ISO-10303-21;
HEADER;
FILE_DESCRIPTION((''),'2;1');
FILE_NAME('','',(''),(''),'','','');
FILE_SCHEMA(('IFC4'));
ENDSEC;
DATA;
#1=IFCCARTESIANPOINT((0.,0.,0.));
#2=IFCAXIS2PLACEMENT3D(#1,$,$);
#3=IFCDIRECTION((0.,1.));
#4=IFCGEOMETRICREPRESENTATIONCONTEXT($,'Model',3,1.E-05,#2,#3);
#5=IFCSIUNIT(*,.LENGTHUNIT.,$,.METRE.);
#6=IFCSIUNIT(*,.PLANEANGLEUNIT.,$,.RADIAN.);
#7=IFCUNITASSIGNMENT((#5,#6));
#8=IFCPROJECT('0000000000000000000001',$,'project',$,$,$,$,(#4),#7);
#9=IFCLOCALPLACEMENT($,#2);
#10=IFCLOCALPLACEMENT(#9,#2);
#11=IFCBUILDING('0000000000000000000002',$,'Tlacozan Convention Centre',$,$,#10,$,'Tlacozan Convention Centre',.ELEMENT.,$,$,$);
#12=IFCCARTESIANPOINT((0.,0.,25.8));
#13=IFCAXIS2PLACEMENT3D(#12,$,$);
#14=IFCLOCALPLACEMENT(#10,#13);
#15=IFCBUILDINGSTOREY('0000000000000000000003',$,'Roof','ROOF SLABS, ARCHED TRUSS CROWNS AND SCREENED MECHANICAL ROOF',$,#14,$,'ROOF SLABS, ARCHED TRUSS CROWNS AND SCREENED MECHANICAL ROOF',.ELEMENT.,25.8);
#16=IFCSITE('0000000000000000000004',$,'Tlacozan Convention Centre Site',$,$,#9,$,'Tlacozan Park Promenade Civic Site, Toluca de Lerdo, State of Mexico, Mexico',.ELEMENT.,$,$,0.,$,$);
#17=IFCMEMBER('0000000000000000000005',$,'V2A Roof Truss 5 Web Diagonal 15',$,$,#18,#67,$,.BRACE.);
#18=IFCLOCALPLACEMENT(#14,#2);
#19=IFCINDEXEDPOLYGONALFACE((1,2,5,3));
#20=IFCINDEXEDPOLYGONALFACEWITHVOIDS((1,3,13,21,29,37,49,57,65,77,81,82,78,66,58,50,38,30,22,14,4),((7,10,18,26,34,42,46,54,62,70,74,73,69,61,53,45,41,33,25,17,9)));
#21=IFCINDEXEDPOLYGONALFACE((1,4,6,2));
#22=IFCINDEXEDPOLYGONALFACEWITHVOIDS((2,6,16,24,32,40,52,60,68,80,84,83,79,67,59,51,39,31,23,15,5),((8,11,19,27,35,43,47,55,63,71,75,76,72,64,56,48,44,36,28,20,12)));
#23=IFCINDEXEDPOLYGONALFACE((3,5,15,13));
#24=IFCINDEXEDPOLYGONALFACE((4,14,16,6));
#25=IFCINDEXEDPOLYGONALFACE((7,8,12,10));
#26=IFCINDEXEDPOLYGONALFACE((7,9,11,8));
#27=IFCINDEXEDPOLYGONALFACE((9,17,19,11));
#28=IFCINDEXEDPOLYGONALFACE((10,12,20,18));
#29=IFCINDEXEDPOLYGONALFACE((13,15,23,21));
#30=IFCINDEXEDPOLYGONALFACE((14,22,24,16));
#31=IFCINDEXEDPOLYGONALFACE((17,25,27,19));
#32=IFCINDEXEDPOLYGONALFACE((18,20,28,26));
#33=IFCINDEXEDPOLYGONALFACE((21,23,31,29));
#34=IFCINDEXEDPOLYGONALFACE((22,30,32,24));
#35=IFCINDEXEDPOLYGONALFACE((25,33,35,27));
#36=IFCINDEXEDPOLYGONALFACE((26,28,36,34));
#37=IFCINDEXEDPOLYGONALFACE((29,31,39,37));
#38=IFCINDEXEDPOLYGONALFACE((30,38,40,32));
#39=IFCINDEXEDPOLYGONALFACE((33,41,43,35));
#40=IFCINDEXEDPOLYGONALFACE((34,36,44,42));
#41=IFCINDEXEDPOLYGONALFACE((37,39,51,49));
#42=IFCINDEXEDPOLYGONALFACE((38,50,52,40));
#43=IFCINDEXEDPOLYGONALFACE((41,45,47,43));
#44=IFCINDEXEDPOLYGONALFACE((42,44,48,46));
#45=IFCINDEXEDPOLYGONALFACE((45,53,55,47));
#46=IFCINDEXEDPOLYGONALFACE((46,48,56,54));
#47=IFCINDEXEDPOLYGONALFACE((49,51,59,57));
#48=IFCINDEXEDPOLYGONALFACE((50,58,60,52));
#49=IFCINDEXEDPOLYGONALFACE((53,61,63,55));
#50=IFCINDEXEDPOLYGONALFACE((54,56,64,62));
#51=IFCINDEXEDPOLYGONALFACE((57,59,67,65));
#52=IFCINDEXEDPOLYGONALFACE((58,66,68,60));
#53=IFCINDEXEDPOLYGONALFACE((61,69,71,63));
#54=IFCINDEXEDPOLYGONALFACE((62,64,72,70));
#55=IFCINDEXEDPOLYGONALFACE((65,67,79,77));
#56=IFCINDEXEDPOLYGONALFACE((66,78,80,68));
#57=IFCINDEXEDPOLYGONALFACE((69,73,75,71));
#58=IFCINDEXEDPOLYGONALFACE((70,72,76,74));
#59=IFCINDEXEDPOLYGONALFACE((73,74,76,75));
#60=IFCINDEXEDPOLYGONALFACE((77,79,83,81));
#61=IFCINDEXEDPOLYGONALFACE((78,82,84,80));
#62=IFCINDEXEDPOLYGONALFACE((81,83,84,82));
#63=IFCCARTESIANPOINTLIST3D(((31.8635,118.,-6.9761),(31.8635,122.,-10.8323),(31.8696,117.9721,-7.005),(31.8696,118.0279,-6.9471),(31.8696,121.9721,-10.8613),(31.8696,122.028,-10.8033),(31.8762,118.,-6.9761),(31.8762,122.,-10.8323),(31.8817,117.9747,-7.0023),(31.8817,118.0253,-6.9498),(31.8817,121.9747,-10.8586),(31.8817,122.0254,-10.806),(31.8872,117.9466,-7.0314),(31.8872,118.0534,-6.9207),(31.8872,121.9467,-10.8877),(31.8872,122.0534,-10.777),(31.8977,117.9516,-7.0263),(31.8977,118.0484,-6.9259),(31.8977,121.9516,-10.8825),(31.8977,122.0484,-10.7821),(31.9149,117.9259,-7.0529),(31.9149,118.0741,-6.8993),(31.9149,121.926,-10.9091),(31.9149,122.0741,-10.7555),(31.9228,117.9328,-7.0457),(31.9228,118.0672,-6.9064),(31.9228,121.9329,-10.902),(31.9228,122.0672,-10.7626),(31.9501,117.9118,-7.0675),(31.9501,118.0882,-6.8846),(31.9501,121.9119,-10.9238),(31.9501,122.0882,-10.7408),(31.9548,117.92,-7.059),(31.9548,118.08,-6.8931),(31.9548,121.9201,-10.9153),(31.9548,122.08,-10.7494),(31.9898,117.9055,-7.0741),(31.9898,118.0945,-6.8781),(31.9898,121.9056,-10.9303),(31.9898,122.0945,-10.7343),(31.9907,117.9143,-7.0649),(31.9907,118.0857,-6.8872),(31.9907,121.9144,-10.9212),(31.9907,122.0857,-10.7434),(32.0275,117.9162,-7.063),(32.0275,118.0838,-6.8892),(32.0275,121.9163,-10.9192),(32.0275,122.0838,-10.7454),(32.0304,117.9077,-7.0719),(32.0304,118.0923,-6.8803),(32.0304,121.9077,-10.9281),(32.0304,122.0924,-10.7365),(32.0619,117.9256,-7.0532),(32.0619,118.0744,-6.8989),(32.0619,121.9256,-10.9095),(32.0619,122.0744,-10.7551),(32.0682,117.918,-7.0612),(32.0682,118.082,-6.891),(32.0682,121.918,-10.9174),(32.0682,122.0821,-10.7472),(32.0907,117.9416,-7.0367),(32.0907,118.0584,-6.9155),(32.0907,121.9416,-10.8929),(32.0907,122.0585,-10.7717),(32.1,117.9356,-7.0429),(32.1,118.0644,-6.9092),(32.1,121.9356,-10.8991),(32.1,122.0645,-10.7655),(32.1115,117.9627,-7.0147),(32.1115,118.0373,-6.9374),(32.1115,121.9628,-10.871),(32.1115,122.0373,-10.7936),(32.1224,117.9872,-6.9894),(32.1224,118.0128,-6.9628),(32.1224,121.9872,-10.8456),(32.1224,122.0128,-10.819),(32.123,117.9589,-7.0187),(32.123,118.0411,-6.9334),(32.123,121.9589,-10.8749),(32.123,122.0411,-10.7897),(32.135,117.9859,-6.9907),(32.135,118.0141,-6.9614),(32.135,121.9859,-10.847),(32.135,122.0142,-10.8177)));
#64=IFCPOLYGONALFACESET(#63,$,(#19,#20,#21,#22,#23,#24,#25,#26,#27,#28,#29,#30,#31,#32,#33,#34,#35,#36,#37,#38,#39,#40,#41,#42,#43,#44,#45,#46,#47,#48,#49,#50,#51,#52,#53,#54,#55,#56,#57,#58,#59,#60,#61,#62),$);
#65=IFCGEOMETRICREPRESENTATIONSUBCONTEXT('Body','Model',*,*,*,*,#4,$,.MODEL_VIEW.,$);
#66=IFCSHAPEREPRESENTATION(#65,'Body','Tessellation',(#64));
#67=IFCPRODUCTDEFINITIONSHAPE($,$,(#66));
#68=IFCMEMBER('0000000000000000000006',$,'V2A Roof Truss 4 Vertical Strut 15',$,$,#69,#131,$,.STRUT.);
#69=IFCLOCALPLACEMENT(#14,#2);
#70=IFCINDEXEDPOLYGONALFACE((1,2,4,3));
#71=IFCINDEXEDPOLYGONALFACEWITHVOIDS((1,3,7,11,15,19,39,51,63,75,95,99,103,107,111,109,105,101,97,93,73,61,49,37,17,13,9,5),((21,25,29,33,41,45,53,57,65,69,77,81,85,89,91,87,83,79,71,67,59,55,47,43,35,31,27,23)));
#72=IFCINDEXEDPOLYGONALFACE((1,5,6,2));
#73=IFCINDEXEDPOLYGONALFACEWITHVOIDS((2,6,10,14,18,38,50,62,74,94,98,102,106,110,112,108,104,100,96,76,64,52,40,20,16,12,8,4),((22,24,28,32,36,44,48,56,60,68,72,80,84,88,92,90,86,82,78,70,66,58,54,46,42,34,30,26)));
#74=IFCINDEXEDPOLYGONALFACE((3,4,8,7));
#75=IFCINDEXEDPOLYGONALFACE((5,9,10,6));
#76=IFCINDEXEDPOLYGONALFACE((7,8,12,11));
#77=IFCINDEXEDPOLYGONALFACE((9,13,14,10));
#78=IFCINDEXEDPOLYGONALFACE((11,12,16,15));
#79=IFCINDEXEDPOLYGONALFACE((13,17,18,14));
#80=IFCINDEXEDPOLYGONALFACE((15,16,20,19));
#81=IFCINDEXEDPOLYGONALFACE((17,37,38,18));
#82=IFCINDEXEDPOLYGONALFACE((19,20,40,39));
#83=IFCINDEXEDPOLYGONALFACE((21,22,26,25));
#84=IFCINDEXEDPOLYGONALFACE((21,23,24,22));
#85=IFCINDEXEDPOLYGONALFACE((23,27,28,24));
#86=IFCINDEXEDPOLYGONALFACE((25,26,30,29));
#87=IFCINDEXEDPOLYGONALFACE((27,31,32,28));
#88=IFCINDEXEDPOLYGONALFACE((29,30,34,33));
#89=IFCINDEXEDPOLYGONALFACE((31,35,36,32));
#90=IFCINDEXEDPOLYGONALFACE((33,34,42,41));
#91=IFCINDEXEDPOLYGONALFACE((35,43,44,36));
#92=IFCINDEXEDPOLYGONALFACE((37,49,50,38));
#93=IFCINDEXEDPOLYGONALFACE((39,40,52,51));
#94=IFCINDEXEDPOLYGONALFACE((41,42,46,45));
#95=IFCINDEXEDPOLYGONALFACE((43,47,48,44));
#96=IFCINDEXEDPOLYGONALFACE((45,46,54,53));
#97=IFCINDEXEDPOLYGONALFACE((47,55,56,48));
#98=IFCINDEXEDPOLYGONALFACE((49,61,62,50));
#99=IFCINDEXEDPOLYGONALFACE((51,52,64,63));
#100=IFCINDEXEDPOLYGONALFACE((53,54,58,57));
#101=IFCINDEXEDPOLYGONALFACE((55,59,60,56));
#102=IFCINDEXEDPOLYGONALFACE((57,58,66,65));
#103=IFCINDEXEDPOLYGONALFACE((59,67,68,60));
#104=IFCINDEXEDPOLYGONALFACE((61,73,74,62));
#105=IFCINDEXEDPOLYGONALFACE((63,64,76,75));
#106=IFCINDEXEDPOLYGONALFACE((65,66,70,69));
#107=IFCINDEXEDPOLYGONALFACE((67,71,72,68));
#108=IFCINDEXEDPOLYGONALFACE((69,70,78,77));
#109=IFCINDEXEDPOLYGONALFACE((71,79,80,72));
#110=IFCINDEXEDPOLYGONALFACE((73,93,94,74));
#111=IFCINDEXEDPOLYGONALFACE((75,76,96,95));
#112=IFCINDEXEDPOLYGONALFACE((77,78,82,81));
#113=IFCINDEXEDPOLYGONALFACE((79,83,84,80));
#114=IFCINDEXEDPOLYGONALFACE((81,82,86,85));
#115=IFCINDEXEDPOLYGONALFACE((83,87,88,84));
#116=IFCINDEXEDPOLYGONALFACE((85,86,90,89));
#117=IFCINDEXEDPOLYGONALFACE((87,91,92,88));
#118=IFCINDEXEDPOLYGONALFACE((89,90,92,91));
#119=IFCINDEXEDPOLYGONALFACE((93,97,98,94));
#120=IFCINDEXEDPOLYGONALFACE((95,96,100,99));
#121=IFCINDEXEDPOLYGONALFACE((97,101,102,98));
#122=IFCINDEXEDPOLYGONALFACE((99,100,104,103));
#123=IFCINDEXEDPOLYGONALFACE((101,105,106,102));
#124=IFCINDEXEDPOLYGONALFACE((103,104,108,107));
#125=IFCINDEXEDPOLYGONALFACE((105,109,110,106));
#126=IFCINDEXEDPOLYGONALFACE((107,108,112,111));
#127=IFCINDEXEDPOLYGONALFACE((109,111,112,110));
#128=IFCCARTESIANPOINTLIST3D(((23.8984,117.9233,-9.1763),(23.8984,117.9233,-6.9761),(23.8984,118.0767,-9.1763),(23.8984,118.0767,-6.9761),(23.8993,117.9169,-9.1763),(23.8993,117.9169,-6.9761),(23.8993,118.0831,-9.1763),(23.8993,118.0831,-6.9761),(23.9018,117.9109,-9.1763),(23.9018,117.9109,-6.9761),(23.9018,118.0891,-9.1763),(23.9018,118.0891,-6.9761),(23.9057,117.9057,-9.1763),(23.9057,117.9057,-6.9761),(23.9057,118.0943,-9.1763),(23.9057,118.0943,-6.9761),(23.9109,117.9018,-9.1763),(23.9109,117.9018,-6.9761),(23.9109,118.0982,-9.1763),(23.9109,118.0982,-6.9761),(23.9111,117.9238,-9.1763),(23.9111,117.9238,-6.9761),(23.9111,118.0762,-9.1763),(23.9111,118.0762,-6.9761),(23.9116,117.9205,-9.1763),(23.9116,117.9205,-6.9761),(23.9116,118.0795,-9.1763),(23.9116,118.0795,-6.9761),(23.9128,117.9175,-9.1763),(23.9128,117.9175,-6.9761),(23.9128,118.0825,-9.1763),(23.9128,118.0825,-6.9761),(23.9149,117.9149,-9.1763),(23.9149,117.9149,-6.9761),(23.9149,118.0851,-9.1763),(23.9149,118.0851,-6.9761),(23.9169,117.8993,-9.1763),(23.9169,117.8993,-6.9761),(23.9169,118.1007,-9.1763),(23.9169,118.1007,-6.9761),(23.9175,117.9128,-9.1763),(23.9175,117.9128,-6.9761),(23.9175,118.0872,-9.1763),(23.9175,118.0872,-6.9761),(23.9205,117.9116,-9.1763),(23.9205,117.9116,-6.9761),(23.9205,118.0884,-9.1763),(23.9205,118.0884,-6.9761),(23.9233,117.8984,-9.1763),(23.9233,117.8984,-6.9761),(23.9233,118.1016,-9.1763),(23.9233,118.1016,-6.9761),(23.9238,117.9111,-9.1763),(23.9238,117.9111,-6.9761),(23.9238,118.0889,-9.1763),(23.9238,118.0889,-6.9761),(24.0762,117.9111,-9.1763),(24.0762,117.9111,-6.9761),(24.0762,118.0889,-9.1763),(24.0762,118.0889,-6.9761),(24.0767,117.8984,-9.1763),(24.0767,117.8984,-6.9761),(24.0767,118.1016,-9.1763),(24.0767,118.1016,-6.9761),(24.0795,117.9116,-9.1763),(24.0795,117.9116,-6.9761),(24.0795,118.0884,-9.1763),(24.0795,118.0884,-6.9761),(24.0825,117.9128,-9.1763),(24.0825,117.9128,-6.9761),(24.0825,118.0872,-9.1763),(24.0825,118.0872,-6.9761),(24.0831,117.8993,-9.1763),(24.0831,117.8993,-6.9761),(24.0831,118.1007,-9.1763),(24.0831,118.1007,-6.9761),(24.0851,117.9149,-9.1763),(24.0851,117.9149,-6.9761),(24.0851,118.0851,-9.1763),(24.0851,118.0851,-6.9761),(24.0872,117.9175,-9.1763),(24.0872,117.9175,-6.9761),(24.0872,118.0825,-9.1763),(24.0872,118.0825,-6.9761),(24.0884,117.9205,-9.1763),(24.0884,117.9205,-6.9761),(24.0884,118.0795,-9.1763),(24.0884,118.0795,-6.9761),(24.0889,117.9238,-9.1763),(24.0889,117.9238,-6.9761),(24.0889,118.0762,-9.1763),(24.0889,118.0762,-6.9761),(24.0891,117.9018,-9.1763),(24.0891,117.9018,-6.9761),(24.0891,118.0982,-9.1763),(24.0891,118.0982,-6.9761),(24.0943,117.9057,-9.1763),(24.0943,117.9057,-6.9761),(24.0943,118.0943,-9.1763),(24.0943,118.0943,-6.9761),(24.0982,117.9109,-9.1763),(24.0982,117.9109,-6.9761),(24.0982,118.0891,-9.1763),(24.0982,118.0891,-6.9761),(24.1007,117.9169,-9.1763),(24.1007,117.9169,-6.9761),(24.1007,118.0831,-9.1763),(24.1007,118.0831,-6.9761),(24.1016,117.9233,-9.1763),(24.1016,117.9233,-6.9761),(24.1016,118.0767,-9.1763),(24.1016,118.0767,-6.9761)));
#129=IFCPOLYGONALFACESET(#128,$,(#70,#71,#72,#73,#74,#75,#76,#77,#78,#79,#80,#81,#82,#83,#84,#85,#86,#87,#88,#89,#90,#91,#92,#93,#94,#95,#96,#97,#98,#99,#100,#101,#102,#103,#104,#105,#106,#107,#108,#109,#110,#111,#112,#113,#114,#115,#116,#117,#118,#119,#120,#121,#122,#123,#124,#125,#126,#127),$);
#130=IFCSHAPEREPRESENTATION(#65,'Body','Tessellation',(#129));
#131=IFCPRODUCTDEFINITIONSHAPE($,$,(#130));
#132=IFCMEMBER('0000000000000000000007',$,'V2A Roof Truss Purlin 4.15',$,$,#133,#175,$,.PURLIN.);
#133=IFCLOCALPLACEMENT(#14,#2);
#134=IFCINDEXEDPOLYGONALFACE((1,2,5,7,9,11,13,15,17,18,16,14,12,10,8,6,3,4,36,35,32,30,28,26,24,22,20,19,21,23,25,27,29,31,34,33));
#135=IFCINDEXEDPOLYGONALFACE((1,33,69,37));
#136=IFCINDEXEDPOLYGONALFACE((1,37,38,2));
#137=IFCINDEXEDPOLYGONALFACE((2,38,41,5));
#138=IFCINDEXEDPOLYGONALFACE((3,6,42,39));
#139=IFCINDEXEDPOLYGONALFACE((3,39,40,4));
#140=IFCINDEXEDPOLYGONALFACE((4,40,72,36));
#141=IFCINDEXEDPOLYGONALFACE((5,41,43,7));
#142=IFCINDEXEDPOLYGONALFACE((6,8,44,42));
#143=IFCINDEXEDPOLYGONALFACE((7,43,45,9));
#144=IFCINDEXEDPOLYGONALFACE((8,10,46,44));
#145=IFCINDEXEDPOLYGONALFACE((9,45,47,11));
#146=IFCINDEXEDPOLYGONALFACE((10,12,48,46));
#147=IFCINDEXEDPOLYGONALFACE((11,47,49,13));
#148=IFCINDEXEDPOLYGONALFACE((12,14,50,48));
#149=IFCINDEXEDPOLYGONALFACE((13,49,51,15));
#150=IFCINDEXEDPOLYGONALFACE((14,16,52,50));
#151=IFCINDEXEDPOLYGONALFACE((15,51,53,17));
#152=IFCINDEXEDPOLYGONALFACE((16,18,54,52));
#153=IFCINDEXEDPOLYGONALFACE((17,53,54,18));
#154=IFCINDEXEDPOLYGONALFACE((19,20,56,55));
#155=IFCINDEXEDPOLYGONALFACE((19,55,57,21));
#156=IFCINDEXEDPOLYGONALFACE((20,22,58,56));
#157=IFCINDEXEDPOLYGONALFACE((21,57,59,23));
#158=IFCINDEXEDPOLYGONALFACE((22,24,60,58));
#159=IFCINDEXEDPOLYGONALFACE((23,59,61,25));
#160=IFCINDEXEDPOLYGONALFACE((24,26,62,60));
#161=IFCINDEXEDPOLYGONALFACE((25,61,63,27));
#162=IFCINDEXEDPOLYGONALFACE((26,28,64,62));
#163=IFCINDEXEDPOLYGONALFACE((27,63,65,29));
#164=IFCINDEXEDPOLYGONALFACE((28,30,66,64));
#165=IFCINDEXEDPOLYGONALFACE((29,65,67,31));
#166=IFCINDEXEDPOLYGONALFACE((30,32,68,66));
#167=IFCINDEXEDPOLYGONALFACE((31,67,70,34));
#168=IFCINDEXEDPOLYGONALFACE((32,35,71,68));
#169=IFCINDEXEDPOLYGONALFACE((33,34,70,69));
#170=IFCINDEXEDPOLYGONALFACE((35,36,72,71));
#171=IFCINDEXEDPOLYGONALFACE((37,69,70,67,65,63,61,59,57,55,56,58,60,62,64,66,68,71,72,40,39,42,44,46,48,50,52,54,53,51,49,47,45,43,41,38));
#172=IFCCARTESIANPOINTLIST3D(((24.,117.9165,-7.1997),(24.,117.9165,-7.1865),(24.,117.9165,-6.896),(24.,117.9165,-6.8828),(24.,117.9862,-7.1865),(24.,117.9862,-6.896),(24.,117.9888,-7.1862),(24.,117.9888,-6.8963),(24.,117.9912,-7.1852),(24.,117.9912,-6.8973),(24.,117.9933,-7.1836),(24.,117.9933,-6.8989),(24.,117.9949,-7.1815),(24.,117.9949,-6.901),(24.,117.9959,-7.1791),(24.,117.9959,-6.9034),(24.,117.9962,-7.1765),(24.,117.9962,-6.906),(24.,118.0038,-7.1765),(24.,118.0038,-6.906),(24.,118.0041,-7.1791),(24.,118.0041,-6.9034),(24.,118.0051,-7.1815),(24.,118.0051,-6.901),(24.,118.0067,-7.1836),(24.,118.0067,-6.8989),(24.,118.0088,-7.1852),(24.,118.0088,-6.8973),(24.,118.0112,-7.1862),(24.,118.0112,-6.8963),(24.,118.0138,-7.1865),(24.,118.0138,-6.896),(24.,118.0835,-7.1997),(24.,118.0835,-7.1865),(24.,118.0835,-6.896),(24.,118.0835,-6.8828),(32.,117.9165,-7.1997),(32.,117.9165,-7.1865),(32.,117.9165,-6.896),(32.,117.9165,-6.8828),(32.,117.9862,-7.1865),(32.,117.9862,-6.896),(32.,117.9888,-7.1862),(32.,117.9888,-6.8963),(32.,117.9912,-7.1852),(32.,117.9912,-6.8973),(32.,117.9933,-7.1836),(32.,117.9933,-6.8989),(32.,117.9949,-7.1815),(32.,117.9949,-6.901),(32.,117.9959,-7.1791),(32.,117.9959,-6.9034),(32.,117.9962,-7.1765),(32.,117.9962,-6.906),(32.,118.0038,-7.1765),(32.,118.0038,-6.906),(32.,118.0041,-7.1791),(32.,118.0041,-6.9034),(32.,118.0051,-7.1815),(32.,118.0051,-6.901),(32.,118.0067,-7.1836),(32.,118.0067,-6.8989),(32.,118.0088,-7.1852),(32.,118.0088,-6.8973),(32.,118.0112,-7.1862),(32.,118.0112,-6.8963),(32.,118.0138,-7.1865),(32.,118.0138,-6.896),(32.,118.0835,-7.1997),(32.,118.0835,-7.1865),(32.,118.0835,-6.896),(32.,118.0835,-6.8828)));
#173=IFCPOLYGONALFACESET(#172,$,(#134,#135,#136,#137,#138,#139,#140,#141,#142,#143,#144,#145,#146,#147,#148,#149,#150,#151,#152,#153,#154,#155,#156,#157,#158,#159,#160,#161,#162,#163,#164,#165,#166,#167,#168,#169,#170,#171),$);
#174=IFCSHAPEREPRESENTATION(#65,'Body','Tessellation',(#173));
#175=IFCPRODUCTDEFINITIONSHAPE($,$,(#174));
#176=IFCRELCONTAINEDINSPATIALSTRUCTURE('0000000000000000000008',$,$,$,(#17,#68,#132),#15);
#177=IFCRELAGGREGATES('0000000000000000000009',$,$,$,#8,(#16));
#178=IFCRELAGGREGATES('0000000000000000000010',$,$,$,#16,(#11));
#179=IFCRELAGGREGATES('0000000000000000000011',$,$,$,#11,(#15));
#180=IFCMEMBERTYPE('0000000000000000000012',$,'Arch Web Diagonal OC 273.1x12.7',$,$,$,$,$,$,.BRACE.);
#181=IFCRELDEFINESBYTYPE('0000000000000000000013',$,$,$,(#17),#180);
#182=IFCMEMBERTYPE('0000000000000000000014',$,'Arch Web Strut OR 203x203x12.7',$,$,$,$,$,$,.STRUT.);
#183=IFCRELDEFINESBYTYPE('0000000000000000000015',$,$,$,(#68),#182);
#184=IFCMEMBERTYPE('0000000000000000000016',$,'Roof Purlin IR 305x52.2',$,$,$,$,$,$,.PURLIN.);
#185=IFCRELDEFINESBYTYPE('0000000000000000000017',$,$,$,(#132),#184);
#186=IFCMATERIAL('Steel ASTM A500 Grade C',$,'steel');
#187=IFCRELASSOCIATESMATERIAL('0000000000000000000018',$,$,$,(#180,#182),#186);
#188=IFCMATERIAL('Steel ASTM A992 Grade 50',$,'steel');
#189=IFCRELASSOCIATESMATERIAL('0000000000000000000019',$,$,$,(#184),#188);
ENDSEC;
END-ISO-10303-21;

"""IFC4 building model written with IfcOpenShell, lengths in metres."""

from ifc_helpers import new_model, si_unit, direction, frame, origin, origin_2d, place, context, subcontext, project, spatial, hollow_rectangle, hollow_circle, i_section, extrude, material, material_profile, profile_set, type_object, element, save


model = new_model("IFC4")

# Units and contexts
model_context = context("Model", 3, precision=1e-05, world=origin(), true_north=direction((0.0, 1.0)))
body_context = subcontext(model_context, "Body", "Model", "MODEL_VIEW")
ifc_project = project(units=[si_unit("LENGTHUNIT", "METRE"), si_unit("PLANEANGLEUNIT", "RADIAN")], contexts=[model_context])

# Site, building, storey
site_placement = place(None, origin())
site = spatial("IfcSite", under=ifc_project, at=site_placement, Name="Tlacozan Convention Centre Site", LongName="Tlacozan Park Promenade Civic Site, Toluca de Lerdo, State of Mexico, Mexico", CompositionType="ELEMENT", RefElevation=0.0)
building_placement = place(site_placement, origin())
building = spatial("IfcBuilding", under=site, at=building_placement, Name="Tlacozan Convention Centre", LongName="Tlacozan Convention Centre", CompositionType="ELEMENT")
storey_placement = place(building_placement, frame((0.0, 0.0, 25.8)))
storey = spatial("IfcBuildingStorey", under=building, at=storey_placement, Name="Roof", Description="ROOF SLABS, ARCHED TRUSS CROWNS AND SCREENED MECHANICAL ROOF", LongName="ROOF SLABS, ARCHED TRUSS CROWNS AND SCREENED MECHANICAL ROOF", CompositionType="ELEMENT", Elevation=25.8)

# Members
ifc_material_1 = material(Name="Steel ASTM A500 Grade C", Category="steel")
ifc_material_profile_1 = material_profile(ifc_material_1, hollow_circle(Radius=0.1365, WallThickness=0.0127, at=origin_2d()), Name="OC 273.1x12.7")
ifc_profile_set_1 = profile_set([ifc_material_profile_1], Name="Steel ASTM A500 Grade C")
member_type_1 = type_object("IfcMemberType", Name="Arch Web Diagonal OC 273.1x12.7", PredefinedType="BRACE", material=ifc_profile_set_1)
member_1_placement = place(storey_placement, frame((32.0, 118.0, -6.9761), z_axis=(0.0, 0.719929, -0.694048), x_axis=(-1.0, 0.0, 0.0)))
element("IfcMember", 1, at=member_1_placement, inside=storey, type_object=member_type_1, Name="V2A Roof Truss 5 Web Diagonal 15", PredefinedType="BRACE", context=body_context, shape_type="SweptSolid", body=[
    extrude(hollow_circle(Radius=0.1365, WallThickness=0.0127, at=origin_2d()), origin(), (0.0, 0.0, 1.0), 5.5562),
])
ifc_material_profile_2 = material_profile(ifc_material_1, hollow_rectangle(XDim=0.2031, YDim=0.2031, WallThickness=0.0127, InnerFilletRadius=0.0127, OuterFilletRadius=0.0249, at=origin_2d()), Name="OR 203x203x12.7")
ifc_profile_set_2 = profile_set([ifc_material_profile_2], Name="Steel ASTM A500 Grade C")
member_type_2 = type_object("IfcMemberType", Name="Arch Web Strut OR 203x203x12.7", PredefinedType="STRUT", material=ifc_profile_set_2)
member_2_placement = place(storey_placement, frame((24.0, 118.0, -9.1763), z_axis=(0.0, 0.0, 1.0), x_axis=(1.0, 0.0, 0.0)))
element("IfcMember", 2, at=member_2_placement, inside=storey, type_object=member_type_2, Name="V2A Roof Truss 4 Vertical Strut 15", PredefinedType="STRUT", context=body_context, shape_type="SweptSolid", body=[
    extrude(hollow_rectangle(XDim=0.2031, YDim=0.2031, WallThickness=0.0127, InnerFilletRadius=0.0127, OuterFilletRadius=0.0249, at=origin_2d()), origin(), (0.0, 0.0, 1.0), 2.2002),
])
ifc_material_2 = material(Name="Steel ASTM A992 Grade 50", Category="steel")
ifc_material_profile_3 = material_profile(ifc_material_2, i_section(OverallWidth=0.167, OverallDepth=0.3169, WebThickness=0.0076, FlangeThickness=0.0132, FilletRadius=0.01, at=origin_2d()), Name="IR 305x52.2")
ifc_profile_set_3 = profile_set([ifc_material_profile_3], Name="Steel ASTM A992 Grade 50")
member_type_3 = type_object("IfcMemberType", Name="Roof Purlin IR 305x52.2", PredefinedType="PURLIN", material=ifc_profile_set_3)
member_3_placement = place(storey_placement, frame((24.0, 118.0, -7.0413), z_axis=(1.0, 0.0, 0.0), x_axis=(0.0, 1.0, 0.0)))
element("IfcMember", 3, at=member_3_placement, inside=storey, type_object=member_type_3, Name="V2A Roof Truss Purlin 4.15", PredefinedType="PURLIN", context=body_context, shape_type="SweptSolid", body=[
    extrude(i_section(OverallWidth=0.167, OverallDepth=0.3169, WebThickness=0.0076, FlangeThickness=0.0132, FilletRadius=0.01, at=origin_2d()), origin(), (0.0, 0.0, 1.0), 8.0),
])

save(model, "model.ifc")
